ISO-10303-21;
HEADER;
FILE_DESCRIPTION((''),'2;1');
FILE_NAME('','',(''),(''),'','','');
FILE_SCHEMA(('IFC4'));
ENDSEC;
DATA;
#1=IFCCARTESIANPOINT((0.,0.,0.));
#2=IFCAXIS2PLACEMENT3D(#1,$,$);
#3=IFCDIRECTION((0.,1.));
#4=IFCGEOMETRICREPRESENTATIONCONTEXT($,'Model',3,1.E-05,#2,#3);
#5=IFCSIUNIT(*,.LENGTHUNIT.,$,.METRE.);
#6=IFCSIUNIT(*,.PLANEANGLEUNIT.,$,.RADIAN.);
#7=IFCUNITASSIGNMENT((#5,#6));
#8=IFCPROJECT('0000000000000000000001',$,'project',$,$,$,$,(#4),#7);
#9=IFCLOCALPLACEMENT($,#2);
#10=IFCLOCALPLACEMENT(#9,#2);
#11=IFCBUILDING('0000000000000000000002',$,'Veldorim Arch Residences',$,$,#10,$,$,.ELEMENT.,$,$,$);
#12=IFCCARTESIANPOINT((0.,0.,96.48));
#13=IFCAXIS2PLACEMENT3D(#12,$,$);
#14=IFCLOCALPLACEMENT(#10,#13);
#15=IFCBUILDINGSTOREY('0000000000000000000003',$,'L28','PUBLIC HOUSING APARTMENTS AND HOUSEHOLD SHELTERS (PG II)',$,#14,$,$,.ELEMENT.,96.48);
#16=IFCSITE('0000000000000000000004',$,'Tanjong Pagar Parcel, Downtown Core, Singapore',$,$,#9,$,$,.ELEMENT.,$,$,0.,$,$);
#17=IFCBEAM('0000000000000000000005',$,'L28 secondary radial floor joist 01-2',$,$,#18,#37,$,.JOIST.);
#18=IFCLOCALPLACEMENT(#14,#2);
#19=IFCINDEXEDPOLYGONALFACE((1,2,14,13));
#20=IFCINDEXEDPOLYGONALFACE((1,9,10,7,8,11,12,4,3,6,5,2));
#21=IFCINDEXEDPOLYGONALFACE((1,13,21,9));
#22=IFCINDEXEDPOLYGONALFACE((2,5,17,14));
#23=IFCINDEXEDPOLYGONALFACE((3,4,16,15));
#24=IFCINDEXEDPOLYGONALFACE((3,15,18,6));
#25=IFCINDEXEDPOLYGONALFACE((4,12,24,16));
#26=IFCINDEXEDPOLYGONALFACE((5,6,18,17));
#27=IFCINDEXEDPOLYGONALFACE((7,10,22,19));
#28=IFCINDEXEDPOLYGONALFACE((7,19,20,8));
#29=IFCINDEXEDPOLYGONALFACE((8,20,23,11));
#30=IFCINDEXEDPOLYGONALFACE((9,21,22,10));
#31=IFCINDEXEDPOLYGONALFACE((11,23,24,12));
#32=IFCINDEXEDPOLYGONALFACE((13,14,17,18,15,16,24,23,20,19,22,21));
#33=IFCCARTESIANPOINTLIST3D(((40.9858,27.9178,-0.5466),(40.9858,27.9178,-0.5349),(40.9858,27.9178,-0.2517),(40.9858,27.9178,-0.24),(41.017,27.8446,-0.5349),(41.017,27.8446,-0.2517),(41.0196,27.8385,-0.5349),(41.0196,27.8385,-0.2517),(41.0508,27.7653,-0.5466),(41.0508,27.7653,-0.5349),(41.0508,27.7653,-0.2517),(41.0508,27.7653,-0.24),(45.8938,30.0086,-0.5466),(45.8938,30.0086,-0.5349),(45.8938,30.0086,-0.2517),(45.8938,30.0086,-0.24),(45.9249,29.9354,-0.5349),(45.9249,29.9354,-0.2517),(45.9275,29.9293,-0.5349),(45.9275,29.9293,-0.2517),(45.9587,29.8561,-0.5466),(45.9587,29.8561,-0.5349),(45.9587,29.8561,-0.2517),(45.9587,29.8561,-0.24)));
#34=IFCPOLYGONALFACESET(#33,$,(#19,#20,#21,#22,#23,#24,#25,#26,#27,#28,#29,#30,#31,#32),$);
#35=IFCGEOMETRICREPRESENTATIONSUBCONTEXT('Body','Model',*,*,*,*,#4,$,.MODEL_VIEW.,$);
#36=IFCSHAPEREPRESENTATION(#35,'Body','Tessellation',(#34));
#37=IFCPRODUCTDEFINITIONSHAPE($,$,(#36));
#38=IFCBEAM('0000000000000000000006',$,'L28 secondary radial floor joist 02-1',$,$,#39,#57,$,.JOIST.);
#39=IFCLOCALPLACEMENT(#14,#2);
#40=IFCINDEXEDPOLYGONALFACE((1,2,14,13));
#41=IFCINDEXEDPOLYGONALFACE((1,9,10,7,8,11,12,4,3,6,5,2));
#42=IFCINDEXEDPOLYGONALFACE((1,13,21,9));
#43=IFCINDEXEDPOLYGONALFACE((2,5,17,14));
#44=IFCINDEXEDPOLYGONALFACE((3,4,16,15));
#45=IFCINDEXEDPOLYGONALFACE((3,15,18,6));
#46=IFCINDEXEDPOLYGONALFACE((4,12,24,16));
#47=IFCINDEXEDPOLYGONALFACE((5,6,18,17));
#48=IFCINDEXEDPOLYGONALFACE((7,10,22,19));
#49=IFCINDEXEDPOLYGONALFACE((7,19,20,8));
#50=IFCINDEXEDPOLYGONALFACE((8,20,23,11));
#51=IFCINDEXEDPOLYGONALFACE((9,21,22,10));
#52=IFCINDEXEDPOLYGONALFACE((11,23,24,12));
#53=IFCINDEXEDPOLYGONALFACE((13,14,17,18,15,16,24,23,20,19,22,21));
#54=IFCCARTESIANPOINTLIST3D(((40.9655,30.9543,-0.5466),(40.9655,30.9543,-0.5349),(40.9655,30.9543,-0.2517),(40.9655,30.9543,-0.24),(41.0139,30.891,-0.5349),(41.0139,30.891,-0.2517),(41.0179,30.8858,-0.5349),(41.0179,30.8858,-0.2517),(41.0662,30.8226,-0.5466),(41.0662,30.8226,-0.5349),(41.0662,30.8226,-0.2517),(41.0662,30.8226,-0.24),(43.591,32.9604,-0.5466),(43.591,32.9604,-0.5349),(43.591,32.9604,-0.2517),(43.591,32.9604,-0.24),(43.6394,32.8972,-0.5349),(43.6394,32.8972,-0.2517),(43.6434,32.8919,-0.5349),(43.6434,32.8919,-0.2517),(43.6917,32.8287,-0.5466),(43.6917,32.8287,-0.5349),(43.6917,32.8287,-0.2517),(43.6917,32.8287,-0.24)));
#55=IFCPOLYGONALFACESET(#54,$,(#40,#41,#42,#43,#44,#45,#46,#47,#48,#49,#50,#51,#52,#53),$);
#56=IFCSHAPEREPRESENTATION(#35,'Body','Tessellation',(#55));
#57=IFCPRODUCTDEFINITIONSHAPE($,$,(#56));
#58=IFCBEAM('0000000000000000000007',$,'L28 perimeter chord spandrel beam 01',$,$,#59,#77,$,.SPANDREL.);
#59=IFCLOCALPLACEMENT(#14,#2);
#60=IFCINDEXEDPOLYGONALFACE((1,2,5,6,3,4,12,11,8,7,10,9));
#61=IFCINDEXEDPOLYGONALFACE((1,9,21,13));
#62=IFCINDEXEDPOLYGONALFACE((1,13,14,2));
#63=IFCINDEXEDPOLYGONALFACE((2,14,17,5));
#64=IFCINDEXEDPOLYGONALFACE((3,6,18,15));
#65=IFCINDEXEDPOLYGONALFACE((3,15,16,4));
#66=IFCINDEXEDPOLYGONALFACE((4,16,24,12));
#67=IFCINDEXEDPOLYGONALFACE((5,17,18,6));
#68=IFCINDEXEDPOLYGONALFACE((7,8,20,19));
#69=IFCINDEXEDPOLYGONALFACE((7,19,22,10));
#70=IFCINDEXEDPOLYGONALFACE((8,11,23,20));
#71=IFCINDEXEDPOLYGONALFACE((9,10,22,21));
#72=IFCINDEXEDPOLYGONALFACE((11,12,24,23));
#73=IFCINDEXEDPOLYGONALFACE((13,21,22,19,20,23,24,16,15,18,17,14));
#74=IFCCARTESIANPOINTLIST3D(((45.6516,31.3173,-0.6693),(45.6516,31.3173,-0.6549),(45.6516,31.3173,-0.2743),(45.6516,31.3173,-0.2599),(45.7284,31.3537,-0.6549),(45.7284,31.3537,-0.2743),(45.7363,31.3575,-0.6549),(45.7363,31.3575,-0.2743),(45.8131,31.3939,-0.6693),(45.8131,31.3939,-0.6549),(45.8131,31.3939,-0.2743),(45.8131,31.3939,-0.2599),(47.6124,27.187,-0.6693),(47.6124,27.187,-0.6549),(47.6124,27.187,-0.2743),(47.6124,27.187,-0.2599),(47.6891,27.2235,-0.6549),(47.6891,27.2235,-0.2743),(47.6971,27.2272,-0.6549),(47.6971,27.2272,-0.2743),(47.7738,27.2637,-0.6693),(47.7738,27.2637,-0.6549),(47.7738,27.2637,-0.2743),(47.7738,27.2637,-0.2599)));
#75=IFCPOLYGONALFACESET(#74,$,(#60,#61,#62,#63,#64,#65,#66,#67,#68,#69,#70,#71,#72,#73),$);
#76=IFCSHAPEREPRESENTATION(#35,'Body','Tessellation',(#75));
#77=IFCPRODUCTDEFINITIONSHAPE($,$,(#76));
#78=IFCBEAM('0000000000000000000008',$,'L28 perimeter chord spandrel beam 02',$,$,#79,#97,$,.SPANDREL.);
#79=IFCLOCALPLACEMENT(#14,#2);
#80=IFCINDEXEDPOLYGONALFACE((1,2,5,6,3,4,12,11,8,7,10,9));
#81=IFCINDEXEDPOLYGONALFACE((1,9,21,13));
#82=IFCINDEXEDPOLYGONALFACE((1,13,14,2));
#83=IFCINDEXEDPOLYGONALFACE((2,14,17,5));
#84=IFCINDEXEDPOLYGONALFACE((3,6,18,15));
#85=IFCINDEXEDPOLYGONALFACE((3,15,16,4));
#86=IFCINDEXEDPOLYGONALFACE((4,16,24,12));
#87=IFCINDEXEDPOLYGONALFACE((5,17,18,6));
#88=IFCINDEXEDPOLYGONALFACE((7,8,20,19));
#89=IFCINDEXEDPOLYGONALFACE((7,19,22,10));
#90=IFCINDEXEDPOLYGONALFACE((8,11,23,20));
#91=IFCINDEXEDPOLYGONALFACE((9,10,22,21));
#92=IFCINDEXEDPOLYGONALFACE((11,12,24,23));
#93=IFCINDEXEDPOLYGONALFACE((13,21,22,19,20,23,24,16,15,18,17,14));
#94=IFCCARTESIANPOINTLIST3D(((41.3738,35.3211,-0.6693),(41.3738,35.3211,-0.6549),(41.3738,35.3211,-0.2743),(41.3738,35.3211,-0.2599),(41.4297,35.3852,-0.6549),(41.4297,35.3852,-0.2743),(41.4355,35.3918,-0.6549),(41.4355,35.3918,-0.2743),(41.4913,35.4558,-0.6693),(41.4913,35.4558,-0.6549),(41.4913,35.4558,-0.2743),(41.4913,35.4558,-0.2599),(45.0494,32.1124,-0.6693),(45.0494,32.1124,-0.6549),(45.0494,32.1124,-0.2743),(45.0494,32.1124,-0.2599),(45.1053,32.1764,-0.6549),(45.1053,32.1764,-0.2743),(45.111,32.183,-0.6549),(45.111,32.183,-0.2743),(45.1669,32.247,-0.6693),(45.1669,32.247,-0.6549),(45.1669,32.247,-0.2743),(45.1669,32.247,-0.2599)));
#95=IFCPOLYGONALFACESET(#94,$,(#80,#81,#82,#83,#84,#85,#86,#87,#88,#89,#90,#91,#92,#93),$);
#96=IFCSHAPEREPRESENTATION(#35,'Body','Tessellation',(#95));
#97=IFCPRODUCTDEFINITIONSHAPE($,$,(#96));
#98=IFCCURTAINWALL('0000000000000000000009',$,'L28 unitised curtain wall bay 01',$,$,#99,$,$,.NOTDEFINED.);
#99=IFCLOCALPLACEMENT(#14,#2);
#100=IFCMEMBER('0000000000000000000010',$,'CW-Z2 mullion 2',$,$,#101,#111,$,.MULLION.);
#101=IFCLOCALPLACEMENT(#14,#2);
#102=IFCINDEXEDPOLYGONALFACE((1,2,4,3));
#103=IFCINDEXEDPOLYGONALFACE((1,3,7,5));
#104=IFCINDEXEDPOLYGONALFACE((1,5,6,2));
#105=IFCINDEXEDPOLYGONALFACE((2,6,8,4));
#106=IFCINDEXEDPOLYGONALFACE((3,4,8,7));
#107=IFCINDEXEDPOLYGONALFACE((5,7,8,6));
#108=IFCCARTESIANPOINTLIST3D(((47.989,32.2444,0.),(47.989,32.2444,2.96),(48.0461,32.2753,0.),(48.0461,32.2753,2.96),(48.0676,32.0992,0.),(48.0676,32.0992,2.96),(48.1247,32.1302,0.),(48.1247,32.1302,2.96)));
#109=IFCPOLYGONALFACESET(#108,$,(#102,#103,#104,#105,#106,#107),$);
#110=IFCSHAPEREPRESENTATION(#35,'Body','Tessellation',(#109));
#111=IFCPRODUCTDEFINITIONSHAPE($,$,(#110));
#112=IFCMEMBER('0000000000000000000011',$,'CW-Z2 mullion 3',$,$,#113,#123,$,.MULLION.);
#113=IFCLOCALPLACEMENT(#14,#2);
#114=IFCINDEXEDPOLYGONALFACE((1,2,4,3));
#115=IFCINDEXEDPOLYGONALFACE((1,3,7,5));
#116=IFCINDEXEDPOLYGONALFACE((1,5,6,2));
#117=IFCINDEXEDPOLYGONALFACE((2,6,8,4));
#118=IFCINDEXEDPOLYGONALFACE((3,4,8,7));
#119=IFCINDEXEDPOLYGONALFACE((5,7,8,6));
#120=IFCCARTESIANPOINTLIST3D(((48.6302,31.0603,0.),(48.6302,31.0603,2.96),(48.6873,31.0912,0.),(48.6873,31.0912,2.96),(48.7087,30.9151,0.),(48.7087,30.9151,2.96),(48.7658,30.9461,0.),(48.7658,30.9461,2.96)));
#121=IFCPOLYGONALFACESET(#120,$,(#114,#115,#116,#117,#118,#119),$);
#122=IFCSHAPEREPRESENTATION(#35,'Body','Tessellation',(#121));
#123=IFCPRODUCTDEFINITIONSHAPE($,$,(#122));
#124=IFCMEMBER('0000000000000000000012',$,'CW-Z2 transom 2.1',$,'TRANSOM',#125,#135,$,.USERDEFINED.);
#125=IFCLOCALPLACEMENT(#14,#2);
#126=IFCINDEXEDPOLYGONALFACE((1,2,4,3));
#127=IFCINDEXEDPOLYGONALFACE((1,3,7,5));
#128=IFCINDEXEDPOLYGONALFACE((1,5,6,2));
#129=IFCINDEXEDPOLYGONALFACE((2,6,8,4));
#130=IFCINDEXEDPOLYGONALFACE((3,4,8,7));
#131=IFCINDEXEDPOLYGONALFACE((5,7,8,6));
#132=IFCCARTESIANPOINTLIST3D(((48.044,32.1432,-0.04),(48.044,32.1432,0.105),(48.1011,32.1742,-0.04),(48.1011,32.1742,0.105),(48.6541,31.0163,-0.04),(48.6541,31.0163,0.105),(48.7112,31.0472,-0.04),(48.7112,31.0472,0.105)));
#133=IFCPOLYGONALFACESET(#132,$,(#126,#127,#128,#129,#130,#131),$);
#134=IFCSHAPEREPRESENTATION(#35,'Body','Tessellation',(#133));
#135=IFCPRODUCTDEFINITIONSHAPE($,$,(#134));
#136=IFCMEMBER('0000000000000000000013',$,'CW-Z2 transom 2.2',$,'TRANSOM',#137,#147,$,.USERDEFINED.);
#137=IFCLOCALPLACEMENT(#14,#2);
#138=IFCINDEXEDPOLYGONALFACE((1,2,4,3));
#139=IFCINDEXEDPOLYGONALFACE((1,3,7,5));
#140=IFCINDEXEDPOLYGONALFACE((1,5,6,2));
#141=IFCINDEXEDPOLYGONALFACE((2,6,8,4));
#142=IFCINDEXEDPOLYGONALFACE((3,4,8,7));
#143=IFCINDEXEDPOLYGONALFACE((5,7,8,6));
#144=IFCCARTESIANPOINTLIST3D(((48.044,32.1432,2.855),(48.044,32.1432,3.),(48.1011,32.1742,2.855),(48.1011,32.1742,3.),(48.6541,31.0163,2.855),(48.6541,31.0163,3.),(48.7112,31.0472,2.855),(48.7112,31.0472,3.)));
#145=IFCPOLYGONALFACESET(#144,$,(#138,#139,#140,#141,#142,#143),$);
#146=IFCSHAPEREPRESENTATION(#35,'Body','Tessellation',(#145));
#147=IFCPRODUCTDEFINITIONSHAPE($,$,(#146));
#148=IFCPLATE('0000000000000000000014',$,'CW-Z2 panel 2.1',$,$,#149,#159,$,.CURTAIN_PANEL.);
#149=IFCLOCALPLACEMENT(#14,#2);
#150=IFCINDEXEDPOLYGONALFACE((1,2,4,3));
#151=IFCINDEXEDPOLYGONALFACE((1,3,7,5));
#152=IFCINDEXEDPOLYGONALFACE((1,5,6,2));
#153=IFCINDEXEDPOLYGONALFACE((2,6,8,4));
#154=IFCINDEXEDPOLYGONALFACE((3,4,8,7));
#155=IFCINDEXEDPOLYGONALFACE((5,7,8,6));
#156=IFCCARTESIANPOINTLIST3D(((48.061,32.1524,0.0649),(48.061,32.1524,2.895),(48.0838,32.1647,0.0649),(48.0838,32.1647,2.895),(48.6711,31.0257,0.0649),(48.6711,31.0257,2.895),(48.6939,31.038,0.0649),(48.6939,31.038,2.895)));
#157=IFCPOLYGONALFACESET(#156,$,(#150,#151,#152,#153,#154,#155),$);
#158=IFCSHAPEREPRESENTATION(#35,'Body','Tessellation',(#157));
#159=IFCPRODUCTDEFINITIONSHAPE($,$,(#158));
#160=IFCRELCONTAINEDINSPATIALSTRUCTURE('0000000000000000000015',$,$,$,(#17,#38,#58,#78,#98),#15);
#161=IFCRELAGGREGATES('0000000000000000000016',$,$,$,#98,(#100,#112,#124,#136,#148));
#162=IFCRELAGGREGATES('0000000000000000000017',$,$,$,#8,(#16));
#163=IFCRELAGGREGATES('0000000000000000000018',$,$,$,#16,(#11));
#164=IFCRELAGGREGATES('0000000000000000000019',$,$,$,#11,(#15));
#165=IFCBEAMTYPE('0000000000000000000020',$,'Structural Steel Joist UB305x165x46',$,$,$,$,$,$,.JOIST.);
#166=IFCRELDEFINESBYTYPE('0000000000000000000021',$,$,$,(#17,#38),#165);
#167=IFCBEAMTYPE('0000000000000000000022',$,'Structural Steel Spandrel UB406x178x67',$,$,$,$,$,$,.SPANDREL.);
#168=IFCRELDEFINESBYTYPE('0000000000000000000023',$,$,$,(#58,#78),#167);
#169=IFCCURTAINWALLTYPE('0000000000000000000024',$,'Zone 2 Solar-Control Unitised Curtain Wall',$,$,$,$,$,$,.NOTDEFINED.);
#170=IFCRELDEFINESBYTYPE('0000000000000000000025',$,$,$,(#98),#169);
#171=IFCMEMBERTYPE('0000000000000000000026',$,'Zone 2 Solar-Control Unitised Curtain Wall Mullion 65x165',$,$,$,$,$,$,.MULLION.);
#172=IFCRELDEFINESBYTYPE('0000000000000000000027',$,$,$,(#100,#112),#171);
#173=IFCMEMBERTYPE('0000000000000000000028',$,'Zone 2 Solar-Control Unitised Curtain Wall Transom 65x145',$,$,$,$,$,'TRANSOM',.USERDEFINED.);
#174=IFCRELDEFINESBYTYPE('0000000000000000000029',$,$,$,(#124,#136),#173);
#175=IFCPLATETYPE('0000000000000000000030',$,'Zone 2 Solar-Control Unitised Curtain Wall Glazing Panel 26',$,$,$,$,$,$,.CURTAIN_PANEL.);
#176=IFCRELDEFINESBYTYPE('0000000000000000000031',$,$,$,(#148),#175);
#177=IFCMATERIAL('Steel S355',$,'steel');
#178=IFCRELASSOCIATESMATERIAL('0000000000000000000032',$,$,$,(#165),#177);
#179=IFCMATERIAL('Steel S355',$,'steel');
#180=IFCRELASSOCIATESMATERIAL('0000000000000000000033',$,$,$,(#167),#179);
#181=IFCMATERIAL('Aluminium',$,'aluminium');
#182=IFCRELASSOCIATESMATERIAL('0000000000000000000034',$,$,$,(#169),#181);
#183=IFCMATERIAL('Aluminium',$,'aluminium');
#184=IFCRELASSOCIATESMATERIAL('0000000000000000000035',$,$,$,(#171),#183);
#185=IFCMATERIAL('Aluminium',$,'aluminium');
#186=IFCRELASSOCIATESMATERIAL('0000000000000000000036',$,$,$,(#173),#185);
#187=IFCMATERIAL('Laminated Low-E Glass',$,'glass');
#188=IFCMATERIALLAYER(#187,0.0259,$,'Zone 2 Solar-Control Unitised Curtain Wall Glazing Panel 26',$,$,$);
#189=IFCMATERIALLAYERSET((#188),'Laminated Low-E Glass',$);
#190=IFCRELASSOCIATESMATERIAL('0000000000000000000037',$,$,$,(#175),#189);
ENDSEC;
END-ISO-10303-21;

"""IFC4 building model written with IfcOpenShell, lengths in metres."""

from ifc_helpers import new_model, si_unit, direction, frame, origin, origin_2d, place, context, subcontext, project, spatial, rectangle, i_section, extrude, material, layer, layer_set, material_profile, profile_set, type_object, element, aggregate, save


model = new_model("IFC4")

# Units and contexts
model_context = context("Model", 3, precision=1e-05, world=origin(), true_north=direction((0.0, 1.0)))
body_context = subcontext(model_context, "Body", "Model", "MODEL_VIEW")
ifc_project = project(units=[si_unit("LENGTHUNIT", "METRE"), si_unit("PLANEANGLEUNIT", "RADIAN")], contexts=[model_context])

# Site, building, storey
site_placement = place(None, origin())
site = spatial("IfcSite", under=ifc_project, at=site_placement, Name="Tanjong Pagar Parcel, Downtown Core, Singapore", CompositionType="ELEMENT", RefElevation=0.0)
building_placement = place(site_placement, origin())
building = spatial("IfcBuilding", under=site, at=building_placement, Name="Veldorim Arch Residences", CompositionType="ELEMENT")
storey_placement = place(building_placement, frame((0.0, 0.0, 96.48)))
storey = spatial("IfcBuildingStorey", under=building, at=storey_placement, Name="L28", Description="PUBLIC HOUSING APARTMENTS AND HOUSEHOLD SHELTERS (PG II)", CompositionType="ELEMENT", Elevation=96.48)

# Beams
ifc_material_1 = material(Name="Steel S355", Category="steel")
ifc_material_profile_1 = material_profile(ifc_material_1, i_section(OverallWidth=0.1658, OverallDepth=0.3066, WebThickness=0.0066, FlangeThickness=0.0117, at=origin_2d()), Name="UB305x165x46")
ifc_profile_set_1 = profile_set([ifc_material_profile_1], Name="Steel S355")
beam_type_1 = type_object("IfcBeamType", Name="Structural Steel Joist UB305x165x46", PredefinedType="JOIST", material=ifc_profile_set_1)
beam_1_placement = place(storey_placement, frame((41.0183, 27.8416, -0.3933), z_axis=(0.919997, 0.391924, 0.0), x_axis=(-0.391924, 0.919997, 0.0)))
element("IfcBeam", 1, at=beam_1_placement, inside=storey, type_object=beam_type_1, Name="L28 secondary radial floor joist 01-2", PredefinedType="JOIST", context=body_context, shape_type="SweptSolid", body=[
    extrude(i_section(OverallWidth=0.1658, OverallDepth=0.3066, WebThickness=0.0066, FlangeThickness=0.0117, at=origin_2d()), origin(), (0.0, 0.0, 1.0), 5.3347),
])
beam_2_placement = place(storey_placement, frame((41.0159, 30.8884, -0.3933), z_axis=(0.794595, 0.60714, 0.0), x_axis=(-0.60714, 0.794595, 0.0)))
element("IfcBeam", 2, at=beam_2_placement, inside=storey, type_object=beam_type_1, Name="L28 secondary radial floor joist 02-1", PredefinedType="JOIST", context=body_context, shape_type="SweptSolid", body=[
    extrude(i_section(OverallWidth=0.1658, OverallDepth=0.3066, WebThickness=0.0066, FlangeThickness=0.0117, at=origin_2d()), origin(), (0.0, 0.0, 1.0), 3.3042),
])
ifc_material_2 = material(Name="Steel S355", Category="steel")
ifc_material_profile_2 = material_profile(ifc_material_2, i_section(OverallWidth=0.1787, OverallDepth=0.4094, WebThickness=0.0088, FlangeThickness=0.0144, at=origin_2d()), Name="UB406x178x67")
ifc_profile_set_2 = profile_set([ifc_material_profile_2], Name="Steel S355")
beam_type_2 = type_object("IfcBeamType", Name="Structural Steel Spandrel UB406x178x67", PredefinedType="SPANDREL", material=ifc_profile_set_2)
beam_3_placement = place(storey_placement, frame((47.6931, 27.2253, -0.4646), z_axis=(-0.428857, 0.903372, 0.0), x_axis=(-0.903372, -0.428857, 0.0)))
element("IfcBeam", 3, at=beam_3_placement, inside=storey, type_object=beam_type_2, Name="L28 perimeter chord spandrel beam 01", PredefinedType="SPANDREL", context=body_context, shape_type="SweptSolid", body=[
    extrude(i_section(OverallWidth=0.1787, OverallDepth=0.4094, WebThickness=0.0088, FlangeThickness=0.0144, at=origin_2d()), origin(), (0.0, 0.0, 1.0), 4.572),
])
beam_4_placement = place(storey_placement, frame((45.1082, 32.1797, -0.4646), z_axis=(-0.753323, 0.65765, 0.0), x_axis=(-0.65765, -0.753323, 0.0)))
element("IfcBeam", 4, at=beam_4_placement, inside=storey, type_object=beam_type_2, Name="L28 perimeter chord spandrel beam 02", PredefinedType="SPANDREL", context=body_context, shape_type="SweptSolid", body=[
    extrude(i_section(OverallWidth=0.1787, OverallDepth=0.4094, WebThickness=0.0088, FlangeThickness=0.0144, at=origin_2d()), origin(), (0.0, 0.0, 1.0), 4.8792),
])

# Curtain wall, members, plate
ifc_material_3 = material(Name="Aluminium", Category="aluminium")
curtain_wall_type = type_object("IfcCurtainWallType", Name="Zone 2 Solar-Control Unitised Curtain Wall", PredefinedType="NOTDEFINED", material=ifc_material_3)
curtain_wall_placement = place(storey_placement, origin())
curtain_wall = element("IfcCurtainWall", 5, at=curtain_wall_placement, inside=storey, type_object=curtain_wall_type, Name="L28 unitised curtain wall bay 01", PredefinedType="NOTDEFINED")
ifc_material_4 = material(Name="Aluminium", Category="aluminium")
ifc_material_profile_3 = material_profile(ifc_material_4, rectangle(XDim=0.0649, YDim=0.165, at=origin_2d()), Name="ALU_MUL_65x165")
ifc_profile_set_3 = profile_set([ifc_material_profile_3], Name="Aluminium")
member_type_1 = type_object("IfcMemberType", Name="Zone 2 Solar-Control Unitised Curtain Wall Mullion 65x165", PredefinedType="MULLION", material=ifc_profile_set_3)
member_1_placement = place(storey_placement, frame((48.0569, 32.1873, 0.0), z_axis=(0.0, 0.0, 1.0), x_axis=(0.879366, 0.476146, 0.0)))
member_1 = element("IfcMember", 6, at=member_1_placement, type_object=member_type_1, Name="CW-Z2 mullion 2", PredefinedType="MULLION", context=body_context, shape_type="SweptSolid", body=[
    extrude(rectangle(XDim=0.0649, YDim=0.165, at=origin_2d()), origin(), (0.0, 0.0, 1.0), 2.96),
])
member_2_placement = place(storey_placement, frame((48.698, 31.0032, 0.0), z_axis=(0.0, 0.0, 1.0), x_axis=(0.879366, 0.476146, 0.0)))
member_2 = element("IfcMember", 7, at=member_2_placement, type_object=member_type_1, Name="CW-Z2 mullion 3", PredefinedType="MULLION", context=body_context, shape_type="SweptSolid", body=[
    extrude(rectangle(XDim=0.0649, YDim=0.165, at=origin_2d()), origin(), (0.0, 0.0, 1.0), 2.96),
])
ifc_material_5 = material(Name="Aluminium", Category="aluminium")
ifc_material_profile_4 = material_profile(ifc_material_5, rectangle(XDim=0.0649, YDim=0.145, at=origin_2d()), Name="ALU_TRN_65x145")
ifc_profile_set_4 = profile_set([ifc_material_profile_4], Name="Aluminium")
member_type_2 = type_object("IfcMemberType", Name="Zone 2 Solar-Control Unitised Curtain Wall Transom 65x145", ElementType="TRANSOM", PredefinedType="USERDEFINED", material=ifc_profile_set_4)
member_3_placement = place(storey_placement, frame((48.0725, 32.1587, 0.0325), z_axis=(0.476087, -0.879398, 0.0), x_axis=(0.879398, 0.476087, 0.0)))
member_3 = element("IfcMember", 8, at=member_3_placement, type_object=member_type_2, Name="CW-Z2 transom 2.1", ObjectType="TRANSOM", PredefinedType="USERDEFINED", context=body_context, shape_type="SweptSolid", body=[
    extrude(rectangle(XDim=0.0649, YDim=0.145, at=origin_2d()), origin(), (0.0, 0.0, 1.0), 1.2815),
])
member_4_placement = place(storey_placement, frame((48.0725, 32.1587, 2.9275), z_axis=(0.476087, -0.879398, 0.0), x_axis=(0.879398, 0.476087, 0.0)))
member_4 = element("IfcMember", 9, at=member_4_placement, type_object=member_type_2, Name="CW-Z2 transom 2.2", ObjectType="TRANSOM", PredefinedType="USERDEFINED", context=body_context, shape_type="SweptSolid", body=[
    extrude(rectangle(XDim=0.0649, YDim=0.145, at=origin_2d()), origin(), (0.0, 0.0, 1.0), 1.2815),
])
ifc_material_6 = material(Name="Laminated Low-E Glass", Category="glass")
ifc_layer_1 = layer(ifc_material_6, 0.0259, Name="Zone 2 Solar-Control Unitised Curtain Wall Glazing Panel 26")
ifc_layer_set_1 = layer_set([ifc_layer_1], Name="Laminated Low-E Glass")
plate_type = type_object("IfcPlateType", Name="Zone 2 Solar-Control Unitised Curtain Wall Glazing Panel 26", PredefinedType="CURTAIN_PANEL", material=ifc_layer_set_1)
plate_placement = place(storey_placement, frame((48.3774, 31.5952, 0.0649), z_axis=(0.0, 0.0, 1.0), x_axis=(0.476146, -0.879366, 0.0)))
plate = element("IfcPlate", 10, at=plate_placement, type_object=plate_type, Name="CW-Z2 panel 2.1", PredefinedType="CURTAIN_PANEL", context=body_context, shape_type="SweptSolid", body=[
    extrude(rectangle(XDim=1.2812, YDim=0.0259, at=origin_2d()), origin(), (0.0, 0.0, 1.0), 2.8301),
])
aggregate(curtain_wall, [member_1, member_2, member_3, member_4, plate])

save(model, "model.ifc")
